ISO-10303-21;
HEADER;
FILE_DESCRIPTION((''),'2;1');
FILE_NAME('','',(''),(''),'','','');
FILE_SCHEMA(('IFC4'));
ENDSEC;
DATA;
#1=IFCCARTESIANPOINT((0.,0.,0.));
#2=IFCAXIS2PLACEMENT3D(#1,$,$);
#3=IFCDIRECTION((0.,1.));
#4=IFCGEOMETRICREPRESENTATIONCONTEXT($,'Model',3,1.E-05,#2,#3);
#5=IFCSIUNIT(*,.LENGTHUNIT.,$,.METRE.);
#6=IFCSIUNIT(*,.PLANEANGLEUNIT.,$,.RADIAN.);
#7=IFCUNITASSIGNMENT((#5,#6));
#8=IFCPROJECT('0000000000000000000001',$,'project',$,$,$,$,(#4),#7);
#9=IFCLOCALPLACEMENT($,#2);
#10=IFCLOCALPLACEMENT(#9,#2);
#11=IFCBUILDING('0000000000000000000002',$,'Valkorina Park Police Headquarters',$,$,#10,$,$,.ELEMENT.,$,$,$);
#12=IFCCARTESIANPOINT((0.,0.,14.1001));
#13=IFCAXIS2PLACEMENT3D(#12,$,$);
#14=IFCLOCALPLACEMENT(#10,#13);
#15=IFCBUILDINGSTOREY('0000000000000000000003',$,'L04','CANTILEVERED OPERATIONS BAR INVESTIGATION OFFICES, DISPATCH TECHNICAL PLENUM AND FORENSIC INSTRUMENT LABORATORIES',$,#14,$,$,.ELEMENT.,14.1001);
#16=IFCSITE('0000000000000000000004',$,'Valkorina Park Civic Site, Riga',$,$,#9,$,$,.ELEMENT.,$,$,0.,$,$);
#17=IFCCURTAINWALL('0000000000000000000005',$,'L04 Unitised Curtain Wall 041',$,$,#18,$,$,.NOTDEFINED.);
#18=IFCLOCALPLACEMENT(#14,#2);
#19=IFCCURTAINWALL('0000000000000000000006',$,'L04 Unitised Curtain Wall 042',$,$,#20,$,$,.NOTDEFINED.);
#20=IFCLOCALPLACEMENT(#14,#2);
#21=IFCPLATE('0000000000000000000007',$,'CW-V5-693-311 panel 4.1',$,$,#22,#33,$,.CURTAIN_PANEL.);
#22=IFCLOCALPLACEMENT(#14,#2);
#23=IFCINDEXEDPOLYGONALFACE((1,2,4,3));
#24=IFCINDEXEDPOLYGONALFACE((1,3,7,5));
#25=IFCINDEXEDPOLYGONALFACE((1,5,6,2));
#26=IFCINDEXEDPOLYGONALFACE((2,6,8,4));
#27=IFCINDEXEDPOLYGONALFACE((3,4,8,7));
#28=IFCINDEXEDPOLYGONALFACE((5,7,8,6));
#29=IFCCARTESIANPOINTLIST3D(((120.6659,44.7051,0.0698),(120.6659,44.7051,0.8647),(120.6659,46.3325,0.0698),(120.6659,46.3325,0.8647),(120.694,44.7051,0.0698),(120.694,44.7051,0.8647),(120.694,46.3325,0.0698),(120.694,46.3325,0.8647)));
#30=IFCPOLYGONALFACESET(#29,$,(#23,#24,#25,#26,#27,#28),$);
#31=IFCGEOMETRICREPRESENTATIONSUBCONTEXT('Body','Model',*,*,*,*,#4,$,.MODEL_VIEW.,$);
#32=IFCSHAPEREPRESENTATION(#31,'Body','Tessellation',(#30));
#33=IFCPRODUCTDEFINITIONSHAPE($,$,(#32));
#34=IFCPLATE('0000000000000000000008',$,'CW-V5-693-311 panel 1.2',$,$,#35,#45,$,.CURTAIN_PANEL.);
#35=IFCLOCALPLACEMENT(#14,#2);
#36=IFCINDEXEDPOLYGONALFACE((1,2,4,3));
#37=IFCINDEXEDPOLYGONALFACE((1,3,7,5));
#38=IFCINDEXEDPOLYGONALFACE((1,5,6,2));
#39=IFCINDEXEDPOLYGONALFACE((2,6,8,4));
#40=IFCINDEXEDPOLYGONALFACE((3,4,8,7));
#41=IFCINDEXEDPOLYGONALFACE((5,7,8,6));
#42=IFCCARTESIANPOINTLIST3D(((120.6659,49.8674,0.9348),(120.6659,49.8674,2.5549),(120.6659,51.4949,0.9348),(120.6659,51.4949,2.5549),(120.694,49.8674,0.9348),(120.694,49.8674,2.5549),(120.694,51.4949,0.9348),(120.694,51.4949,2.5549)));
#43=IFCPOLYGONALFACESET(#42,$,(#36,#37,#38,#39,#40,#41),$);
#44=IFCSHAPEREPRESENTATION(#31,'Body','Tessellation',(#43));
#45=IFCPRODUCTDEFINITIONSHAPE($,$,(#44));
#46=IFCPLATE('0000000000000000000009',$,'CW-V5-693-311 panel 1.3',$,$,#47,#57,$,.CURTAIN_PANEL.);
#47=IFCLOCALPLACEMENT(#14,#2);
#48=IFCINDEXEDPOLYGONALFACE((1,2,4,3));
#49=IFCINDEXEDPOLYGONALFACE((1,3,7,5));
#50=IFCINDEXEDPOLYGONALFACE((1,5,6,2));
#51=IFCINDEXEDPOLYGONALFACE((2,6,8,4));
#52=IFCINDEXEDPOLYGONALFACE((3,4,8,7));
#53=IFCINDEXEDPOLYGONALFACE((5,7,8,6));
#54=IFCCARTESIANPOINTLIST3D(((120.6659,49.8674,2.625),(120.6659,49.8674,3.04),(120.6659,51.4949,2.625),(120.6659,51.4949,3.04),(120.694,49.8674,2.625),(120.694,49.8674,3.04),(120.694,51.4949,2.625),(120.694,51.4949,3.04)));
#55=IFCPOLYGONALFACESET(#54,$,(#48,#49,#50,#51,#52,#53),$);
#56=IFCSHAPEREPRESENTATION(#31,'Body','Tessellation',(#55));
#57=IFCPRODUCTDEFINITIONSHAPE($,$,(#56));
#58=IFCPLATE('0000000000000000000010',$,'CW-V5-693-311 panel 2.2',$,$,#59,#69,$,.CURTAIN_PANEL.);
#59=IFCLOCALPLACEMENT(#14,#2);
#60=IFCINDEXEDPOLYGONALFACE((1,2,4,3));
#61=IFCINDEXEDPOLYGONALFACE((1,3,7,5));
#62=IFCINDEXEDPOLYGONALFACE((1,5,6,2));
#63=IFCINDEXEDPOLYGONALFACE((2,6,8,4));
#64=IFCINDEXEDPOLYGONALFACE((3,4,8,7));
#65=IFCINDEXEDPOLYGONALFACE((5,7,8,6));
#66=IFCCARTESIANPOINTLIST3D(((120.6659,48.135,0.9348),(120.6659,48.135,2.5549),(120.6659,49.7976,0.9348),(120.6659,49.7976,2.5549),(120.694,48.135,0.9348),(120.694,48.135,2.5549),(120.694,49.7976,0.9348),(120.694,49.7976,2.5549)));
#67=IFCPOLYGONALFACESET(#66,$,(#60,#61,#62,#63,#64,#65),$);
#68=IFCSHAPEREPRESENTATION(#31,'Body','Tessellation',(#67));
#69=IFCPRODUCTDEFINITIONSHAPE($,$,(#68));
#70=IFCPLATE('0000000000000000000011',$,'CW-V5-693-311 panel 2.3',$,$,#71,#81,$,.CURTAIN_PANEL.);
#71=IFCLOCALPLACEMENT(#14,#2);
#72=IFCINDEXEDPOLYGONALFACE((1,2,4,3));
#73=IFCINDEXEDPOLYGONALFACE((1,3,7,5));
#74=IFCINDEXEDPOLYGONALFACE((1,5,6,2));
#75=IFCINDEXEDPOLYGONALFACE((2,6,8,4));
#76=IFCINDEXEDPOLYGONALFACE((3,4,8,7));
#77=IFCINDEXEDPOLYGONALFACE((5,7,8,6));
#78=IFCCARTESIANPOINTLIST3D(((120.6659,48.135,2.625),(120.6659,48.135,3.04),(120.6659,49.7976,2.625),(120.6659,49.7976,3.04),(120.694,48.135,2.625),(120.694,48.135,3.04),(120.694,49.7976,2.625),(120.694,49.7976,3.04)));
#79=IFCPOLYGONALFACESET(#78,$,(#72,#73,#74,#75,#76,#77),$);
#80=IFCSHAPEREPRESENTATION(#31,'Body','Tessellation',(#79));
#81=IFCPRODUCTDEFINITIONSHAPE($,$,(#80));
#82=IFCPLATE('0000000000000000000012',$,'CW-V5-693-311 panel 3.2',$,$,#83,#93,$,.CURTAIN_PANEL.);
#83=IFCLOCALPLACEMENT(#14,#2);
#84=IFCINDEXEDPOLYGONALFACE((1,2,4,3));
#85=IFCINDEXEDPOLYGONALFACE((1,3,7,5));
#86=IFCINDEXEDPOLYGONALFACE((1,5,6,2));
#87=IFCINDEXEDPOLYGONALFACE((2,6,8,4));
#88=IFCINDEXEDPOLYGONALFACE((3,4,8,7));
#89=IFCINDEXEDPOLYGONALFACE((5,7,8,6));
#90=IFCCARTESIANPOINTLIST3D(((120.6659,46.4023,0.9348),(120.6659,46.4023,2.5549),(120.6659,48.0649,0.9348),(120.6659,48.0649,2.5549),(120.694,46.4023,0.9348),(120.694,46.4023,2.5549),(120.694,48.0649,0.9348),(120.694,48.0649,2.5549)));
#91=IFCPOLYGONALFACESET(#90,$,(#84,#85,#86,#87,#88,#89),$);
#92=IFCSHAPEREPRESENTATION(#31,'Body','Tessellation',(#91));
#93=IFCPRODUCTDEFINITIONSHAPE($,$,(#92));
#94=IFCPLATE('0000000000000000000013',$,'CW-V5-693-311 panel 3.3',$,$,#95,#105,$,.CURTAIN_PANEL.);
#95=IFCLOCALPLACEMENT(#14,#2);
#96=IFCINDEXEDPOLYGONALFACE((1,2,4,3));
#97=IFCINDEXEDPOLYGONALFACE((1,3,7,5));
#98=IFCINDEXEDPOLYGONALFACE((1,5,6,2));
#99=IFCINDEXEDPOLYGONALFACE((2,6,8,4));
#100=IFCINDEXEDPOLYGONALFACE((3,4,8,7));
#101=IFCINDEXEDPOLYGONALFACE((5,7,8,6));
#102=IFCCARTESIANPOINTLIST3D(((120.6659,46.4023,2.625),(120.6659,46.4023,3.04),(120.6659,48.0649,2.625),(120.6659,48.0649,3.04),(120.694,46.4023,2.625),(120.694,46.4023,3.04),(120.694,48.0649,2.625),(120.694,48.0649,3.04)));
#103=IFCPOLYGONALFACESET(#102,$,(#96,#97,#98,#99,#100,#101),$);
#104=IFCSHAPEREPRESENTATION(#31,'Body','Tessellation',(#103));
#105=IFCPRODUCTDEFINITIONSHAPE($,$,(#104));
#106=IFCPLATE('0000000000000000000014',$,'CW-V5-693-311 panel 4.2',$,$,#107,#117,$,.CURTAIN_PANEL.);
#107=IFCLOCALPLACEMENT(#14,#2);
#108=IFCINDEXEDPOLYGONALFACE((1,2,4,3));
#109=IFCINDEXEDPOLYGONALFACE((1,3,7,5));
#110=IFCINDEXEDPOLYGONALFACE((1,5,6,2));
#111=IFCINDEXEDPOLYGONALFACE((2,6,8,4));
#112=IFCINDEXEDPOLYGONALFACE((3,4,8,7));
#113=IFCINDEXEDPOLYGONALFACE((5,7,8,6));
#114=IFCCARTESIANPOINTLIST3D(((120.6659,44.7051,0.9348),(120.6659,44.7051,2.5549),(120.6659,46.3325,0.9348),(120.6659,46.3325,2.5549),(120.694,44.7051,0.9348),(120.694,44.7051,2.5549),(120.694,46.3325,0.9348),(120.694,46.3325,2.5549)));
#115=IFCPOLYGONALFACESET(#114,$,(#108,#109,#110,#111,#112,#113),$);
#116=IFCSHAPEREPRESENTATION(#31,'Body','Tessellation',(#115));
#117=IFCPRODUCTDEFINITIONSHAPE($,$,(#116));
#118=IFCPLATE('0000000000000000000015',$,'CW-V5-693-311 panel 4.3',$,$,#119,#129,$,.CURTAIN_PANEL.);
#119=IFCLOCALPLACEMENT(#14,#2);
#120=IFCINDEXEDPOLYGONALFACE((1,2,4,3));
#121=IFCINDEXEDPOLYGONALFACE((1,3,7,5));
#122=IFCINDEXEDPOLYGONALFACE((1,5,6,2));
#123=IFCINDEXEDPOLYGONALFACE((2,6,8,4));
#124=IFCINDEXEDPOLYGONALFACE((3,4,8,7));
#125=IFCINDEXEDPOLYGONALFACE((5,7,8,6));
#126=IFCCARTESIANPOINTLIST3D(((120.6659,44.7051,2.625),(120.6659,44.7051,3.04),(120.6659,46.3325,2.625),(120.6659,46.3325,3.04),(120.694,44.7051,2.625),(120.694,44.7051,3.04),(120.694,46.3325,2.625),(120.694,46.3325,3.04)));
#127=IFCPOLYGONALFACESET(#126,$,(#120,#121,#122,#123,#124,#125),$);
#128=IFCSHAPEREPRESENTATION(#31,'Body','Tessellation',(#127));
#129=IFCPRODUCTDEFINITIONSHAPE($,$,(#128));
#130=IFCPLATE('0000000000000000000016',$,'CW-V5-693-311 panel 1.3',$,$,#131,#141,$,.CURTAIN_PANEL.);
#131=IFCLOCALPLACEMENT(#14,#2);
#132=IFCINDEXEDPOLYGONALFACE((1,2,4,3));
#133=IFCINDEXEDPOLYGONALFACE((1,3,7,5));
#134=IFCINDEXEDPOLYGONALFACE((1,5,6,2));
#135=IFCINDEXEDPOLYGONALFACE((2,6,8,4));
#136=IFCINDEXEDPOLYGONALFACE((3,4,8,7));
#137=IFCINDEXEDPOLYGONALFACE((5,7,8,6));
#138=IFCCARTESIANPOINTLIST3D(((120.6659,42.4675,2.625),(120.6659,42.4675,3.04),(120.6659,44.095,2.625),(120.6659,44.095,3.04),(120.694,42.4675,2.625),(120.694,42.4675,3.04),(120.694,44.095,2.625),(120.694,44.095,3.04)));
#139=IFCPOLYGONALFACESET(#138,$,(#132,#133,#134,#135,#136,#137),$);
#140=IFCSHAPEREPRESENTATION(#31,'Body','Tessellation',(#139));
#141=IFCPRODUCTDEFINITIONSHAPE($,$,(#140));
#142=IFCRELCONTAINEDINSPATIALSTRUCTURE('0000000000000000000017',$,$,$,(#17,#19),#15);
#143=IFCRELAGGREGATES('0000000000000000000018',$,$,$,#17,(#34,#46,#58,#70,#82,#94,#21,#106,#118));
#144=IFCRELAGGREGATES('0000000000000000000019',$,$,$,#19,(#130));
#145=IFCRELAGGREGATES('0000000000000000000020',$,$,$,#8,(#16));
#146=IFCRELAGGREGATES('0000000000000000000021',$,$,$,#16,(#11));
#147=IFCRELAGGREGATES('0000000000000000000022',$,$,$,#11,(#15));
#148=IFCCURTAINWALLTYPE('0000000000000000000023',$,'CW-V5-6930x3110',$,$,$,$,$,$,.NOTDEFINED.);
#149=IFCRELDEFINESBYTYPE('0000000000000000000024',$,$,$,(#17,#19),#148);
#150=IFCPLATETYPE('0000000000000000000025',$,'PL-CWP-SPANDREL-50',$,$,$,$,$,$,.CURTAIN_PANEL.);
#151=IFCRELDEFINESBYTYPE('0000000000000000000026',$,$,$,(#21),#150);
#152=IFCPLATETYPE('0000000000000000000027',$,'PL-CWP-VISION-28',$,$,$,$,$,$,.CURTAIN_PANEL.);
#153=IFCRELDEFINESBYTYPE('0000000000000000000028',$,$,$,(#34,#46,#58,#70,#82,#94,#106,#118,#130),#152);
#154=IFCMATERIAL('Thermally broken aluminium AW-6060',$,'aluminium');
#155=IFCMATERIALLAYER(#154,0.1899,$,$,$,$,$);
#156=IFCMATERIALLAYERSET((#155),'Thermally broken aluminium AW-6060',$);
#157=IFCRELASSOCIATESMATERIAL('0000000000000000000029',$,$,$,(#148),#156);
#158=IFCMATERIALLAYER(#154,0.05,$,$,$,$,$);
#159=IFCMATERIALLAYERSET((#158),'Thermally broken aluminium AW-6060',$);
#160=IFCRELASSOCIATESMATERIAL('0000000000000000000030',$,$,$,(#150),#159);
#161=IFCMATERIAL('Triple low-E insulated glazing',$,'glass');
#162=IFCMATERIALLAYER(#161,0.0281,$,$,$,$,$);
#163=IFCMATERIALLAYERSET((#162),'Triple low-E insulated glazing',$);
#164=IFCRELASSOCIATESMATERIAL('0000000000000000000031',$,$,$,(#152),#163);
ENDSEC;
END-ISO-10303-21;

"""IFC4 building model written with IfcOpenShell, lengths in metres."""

from ifc_helpers import new_model, si_unit, direction, frame, origin, origin_2d, place, context, subcontext, project, spatial, rectangle, extrude, material, layer, layer_set, type_object, element, aggregate, save


model = new_model("IFC4")

# Units and contexts
model_context = context("Model", 3, precision=1e-05, world=origin(), true_north=direction((0.0, 1.0)))
body_context = subcontext(model_context, "Body", "Model", "MODEL_VIEW")
ifc_project = project(units=[si_unit("LENGTHUNIT", "METRE"), si_unit("PLANEANGLEUNIT", "RADIAN")], contexts=[model_context])

# Site, building, storey
site_placement = place(None, origin())
site = spatial("IfcSite", under=ifc_project, at=site_placement, Name="Valkorina Park Civic Site, Riga", CompositionType="ELEMENT", RefElevation=0.0)
building_placement = place(site_placement, origin())
building = spatial("IfcBuilding", under=site, at=building_placement, Name="Valkorina Park Police Headquarters", CompositionType="ELEMENT")
storey_placement = place(building_placement, frame((0.0, 0.0, 14.1001)))
storey = spatial("IfcBuildingStorey", under=building, at=storey_placement, Name="L04", Description="CANTILEVERED OPERATIONS BAR INVESTIGATION OFFICES, DISPATCH TECHNICAL PLENUM AND FORENSIC INSTRUMENT LABORATORIES", CompositionType="ELEMENT", Elevation=14.1001)

# Shared definitions
ifc_material_1 = material(Name="Thermally broken aluminium AW-6060", Category="aluminium")
ifc_layer_1 = layer(ifc_material_1, 0.1899)
ifc_layer_set_1 = layer_set([ifc_layer_1], Name="Thermally broken aluminium AW-6060")
curtain_wall_type = type_object("IfcCurtainWallType", Name="CW-V5-6930x3110", PredefinedType="NOTDEFINED", material=ifc_layer_set_1)

# Curtain wall
curtain_wall_1_placement = place(storey_placement, origin())
curtain_wall_1 = element("IfcCurtainWall", 1, at=curtain_wall_1_placement, inside=storey, type_object=curtain_wall_type, Name="L04 Unitised Curtain Wall 041", PredefinedType="NOTDEFINED")

# Curtain wall
curtain_wall_2_placement = place(storey_placement, origin())
curtain_wall_2 = element("IfcCurtainWall", 2, at=curtain_wall_2_placement, inside=storey, type_object=curtain_wall_type, Name="L04 Unitised Curtain Wall 042", PredefinedType="NOTDEFINED")

# Plates
ifc_layer_2 = layer(ifc_material_1, 0.05)
ifc_layer_set_2 = layer_set([ifc_layer_2], Name="Thermally broken aluminium AW-6060")
plate_type_1 = type_object("IfcPlateType", Name="PL-CWP-SPANDREL-50", PredefinedType="CURTAIN_PANEL", material=ifc_layer_set_2)
plate_1_placement = place(storey_placement, frame((120.6799, 45.5188, 0.0698), z_axis=(0.0, 0.0, 1.0), x_axis=(0.0, -1.0, 0.0)))
plate_1 = element("IfcPlate", 3, at=plate_1_placement, type_object=plate_type_1, Name="CW-V5-693-311 panel 4.1", PredefinedType="CURTAIN_PANEL", context=body_context, shape_type="SweptSolid", body=[
    extrude(rectangle(XDim=1.6274, YDim=0.0281, at=origin_2d()), origin(), (0.0, 0.0, 1.0), 0.7949),
])
ifc_material_2 = material(Name="Triple low-E insulated glazing", Category="glass")
ifc_layer_3 = layer(ifc_material_2, 0.0281)
ifc_layer_set_3 = layer_set([ifc_layer_3], Name="Triple low-E insulated glazing")
plate_type_2 = type_object("IfcPlateType", Name="PL-CWP-VISION-28", PredefinedType="CURTAIN_PANEL", material=ifc_layer_set_3)
plate_2_placement = place(storey_placement, frame((120.6799, 50.6812, 0.9348), z_axis=(0.0, 0.0, 1.0), x_axis=(0.0, -1.0, 0.0)))
plate_2 = element("IfcPlate", 4, at=plate_2_placement, type_object=plate_type_2, Name="CW-V5-693-311 panel 1.2", PredefinedType="CURTAIN_PANEL", context=body_context, shape_type="SweptSolid", body=[
    extrude(rectangle(XDim=1.6274, YDim=0.0281, at=origin_2d()), origin(), (0.0, 0.0, 1.0), 1.6201),
])
plate_3_placement = place(storey_placement, frame((120.6799, 50.6812, 2.625), z_axis=(0.0, 0.0, 1.0), x_axis=(0.0, -1.0, 0.0)))
plate_3 = element("IfcPlate", 5, at=plate_3_placement, type_object=plate_type_2, Name="CW-V5-693-311 panel 1.3", PredefinedType="CURTAIN_PANEL", context=body_context, shape_type="SweptSolid", body=[
    extrude(rectangle(XDim=1.6274, YDim=0.0281, at=origin_2d()), origin(), (0.0, 0.0, 1.0), 0.415),
])
plate_4_placement = place(storey_placement, frame((120.6799, 48.9663, 0.9348), z_axis=(0.0, 0.0, 1.0), x_axis=(0.0, -1.0, 0.0)))
plate_4 = element("IfcPlate", 6, at=plate_4_placement, type_object=plate_type_2, Name="CW-V5-693-311 panel 2.2", PredefinedType="CURTAIN_PANEL", context=body_context, shape_type="SweptSolid", body=[
    extrude(rectangle(XDim=1.6626, YDim=0.0281, at=origin_2d()), origin(), (0.0, 0.0, 1.0), 1.6201),
])
plate_5_placement = place(storey_placement, frame((120.6799, 48.9663, 2.625), z_axis=(0.0, 0.0, 1.0), x_axis=(0.0, -1.0, 0.0)))
plate_5 = element("IfcPlate", 7, at=plate_5_placement, type_object=plate_type_2, Name="CW-V5-693-311 panel 2.3", PredefinedType="CURTAIN_PANEL", context=body_context, shape_type="SweptSolid", body=[
    extrude(rectangle(XDim=1.6626, YDim=0.0281, at=origin_2d()), origin(), (0.0, 0.0, 1.0), 0.415),
])
plate_6_placement = place(storey_placement, frame((120.6799, 47.2336, 0.9348), z_axis=(0.0, 0.0, 1.0), x_axis=(0.0, -1.0, 0.0)))
plate_6 = element("IfcPlate", 8, at=plate_6_placement, type_object=plate_type_2, Name="CW-V5-693-311 panel 3.2", PredefinedType="CURTAIN_PANEL", context=body_context, shape_type="SweptSolid", body=[
    extrude(rectangle(XDim=1.6626, YDim=0.0281, at=origin_2d()), origin(), (0.0, 0.0, 1.0), 1.6201),
])
plate_7_placement = place(storey_placement, frame((120.6799, 47.2336, 2.625), z_axis=(0.0, 0.0, 1.0), x_axis=(0.0, -1.0, 0.0)))
plate_7 = element("IfcPlate", 9, at=plate_7_placement, type_object=plate_type_2, Name="CW-V5-693-311 panel 3.3", PredefinedType="CURTAIN_PANEL", context=body_context, shape_type="SweptSolid", body=[
    extrude(rectangle(XDim=1.6626, YDim=0.0281, at=origin_2d()), origin(), (0.0, 0.0, 1.0), 0.415),
])
plate_8_placement = place(storey_placement, frame((120.6799, 45.5188, 0.9348), z_axis=(0.0, 0.0, 1.0), x_axis=(0.0, -1.0, 0.0)))
plate_8 = element("IfcPlate", 10, at=plate_8_placement, type_object=plate_type_2, Name="CW-V5-693-311 panel 4.2", PredefinedType="CURTAIN_PANEL", context=body_context, shape_type="SweptSolid", body=[
    extrude(rectangle(XDim=1.6274, YDim=0.0281, at=origin_2d()), origin(), (0.0, 0.0, 1.0), 1.6201),
])
plate_9_placement = place(storey_placement, frame((120.6799, 45.5188, 2.625), z_axis=(0.0, 0.0, 1.0), x_axis=(0.0, -1.0, 0.0)))
plate_9 = element("IfcPlate", 11, at=plate_9_placement, type_object=plate_type_2, Name="CW-V5-693-311 panel 4.3", PredefinedType="CURTAIN_PANEL", context=body_context, shape_type="SweptSolid", body=[
    extrude(rectangle(XDim=1.6274, YDim=0.0281, at=origin_2d()), origin(), (0.0, 0.0, 1.0), 0.415),
])
aggregate(curtain_wall_1, [plate_2, plate_3, plate_4, plate_5, plate_6, plate_7, plate_1, plate_8, plate_9])
plate_10_placement = place(storey_placement, frame((120.6799, 43.2812, 2.625), z_axis=(0.0, 0.0, 1.0), x_axis=(0.0, -1.0, 0.0)))
plate_10 = element("IfcPlate", 12, at=plate_10_placement, type_object=plate_type_2, Name="CW-V5-693-311 panel 1.3", PredefinedType="CURTAIN_PANEL", context=body_context, shape_type="SweptSolid", body=[
    extrude(rectangle(XDim=1.6274, YDim=0.0281, at=origin_2d()), origin(), (0.0, 0.0, 1.0), 0.415),
])
aggregate(curtain_wall_2, [plate_10])

save(model, "model.ifc")
